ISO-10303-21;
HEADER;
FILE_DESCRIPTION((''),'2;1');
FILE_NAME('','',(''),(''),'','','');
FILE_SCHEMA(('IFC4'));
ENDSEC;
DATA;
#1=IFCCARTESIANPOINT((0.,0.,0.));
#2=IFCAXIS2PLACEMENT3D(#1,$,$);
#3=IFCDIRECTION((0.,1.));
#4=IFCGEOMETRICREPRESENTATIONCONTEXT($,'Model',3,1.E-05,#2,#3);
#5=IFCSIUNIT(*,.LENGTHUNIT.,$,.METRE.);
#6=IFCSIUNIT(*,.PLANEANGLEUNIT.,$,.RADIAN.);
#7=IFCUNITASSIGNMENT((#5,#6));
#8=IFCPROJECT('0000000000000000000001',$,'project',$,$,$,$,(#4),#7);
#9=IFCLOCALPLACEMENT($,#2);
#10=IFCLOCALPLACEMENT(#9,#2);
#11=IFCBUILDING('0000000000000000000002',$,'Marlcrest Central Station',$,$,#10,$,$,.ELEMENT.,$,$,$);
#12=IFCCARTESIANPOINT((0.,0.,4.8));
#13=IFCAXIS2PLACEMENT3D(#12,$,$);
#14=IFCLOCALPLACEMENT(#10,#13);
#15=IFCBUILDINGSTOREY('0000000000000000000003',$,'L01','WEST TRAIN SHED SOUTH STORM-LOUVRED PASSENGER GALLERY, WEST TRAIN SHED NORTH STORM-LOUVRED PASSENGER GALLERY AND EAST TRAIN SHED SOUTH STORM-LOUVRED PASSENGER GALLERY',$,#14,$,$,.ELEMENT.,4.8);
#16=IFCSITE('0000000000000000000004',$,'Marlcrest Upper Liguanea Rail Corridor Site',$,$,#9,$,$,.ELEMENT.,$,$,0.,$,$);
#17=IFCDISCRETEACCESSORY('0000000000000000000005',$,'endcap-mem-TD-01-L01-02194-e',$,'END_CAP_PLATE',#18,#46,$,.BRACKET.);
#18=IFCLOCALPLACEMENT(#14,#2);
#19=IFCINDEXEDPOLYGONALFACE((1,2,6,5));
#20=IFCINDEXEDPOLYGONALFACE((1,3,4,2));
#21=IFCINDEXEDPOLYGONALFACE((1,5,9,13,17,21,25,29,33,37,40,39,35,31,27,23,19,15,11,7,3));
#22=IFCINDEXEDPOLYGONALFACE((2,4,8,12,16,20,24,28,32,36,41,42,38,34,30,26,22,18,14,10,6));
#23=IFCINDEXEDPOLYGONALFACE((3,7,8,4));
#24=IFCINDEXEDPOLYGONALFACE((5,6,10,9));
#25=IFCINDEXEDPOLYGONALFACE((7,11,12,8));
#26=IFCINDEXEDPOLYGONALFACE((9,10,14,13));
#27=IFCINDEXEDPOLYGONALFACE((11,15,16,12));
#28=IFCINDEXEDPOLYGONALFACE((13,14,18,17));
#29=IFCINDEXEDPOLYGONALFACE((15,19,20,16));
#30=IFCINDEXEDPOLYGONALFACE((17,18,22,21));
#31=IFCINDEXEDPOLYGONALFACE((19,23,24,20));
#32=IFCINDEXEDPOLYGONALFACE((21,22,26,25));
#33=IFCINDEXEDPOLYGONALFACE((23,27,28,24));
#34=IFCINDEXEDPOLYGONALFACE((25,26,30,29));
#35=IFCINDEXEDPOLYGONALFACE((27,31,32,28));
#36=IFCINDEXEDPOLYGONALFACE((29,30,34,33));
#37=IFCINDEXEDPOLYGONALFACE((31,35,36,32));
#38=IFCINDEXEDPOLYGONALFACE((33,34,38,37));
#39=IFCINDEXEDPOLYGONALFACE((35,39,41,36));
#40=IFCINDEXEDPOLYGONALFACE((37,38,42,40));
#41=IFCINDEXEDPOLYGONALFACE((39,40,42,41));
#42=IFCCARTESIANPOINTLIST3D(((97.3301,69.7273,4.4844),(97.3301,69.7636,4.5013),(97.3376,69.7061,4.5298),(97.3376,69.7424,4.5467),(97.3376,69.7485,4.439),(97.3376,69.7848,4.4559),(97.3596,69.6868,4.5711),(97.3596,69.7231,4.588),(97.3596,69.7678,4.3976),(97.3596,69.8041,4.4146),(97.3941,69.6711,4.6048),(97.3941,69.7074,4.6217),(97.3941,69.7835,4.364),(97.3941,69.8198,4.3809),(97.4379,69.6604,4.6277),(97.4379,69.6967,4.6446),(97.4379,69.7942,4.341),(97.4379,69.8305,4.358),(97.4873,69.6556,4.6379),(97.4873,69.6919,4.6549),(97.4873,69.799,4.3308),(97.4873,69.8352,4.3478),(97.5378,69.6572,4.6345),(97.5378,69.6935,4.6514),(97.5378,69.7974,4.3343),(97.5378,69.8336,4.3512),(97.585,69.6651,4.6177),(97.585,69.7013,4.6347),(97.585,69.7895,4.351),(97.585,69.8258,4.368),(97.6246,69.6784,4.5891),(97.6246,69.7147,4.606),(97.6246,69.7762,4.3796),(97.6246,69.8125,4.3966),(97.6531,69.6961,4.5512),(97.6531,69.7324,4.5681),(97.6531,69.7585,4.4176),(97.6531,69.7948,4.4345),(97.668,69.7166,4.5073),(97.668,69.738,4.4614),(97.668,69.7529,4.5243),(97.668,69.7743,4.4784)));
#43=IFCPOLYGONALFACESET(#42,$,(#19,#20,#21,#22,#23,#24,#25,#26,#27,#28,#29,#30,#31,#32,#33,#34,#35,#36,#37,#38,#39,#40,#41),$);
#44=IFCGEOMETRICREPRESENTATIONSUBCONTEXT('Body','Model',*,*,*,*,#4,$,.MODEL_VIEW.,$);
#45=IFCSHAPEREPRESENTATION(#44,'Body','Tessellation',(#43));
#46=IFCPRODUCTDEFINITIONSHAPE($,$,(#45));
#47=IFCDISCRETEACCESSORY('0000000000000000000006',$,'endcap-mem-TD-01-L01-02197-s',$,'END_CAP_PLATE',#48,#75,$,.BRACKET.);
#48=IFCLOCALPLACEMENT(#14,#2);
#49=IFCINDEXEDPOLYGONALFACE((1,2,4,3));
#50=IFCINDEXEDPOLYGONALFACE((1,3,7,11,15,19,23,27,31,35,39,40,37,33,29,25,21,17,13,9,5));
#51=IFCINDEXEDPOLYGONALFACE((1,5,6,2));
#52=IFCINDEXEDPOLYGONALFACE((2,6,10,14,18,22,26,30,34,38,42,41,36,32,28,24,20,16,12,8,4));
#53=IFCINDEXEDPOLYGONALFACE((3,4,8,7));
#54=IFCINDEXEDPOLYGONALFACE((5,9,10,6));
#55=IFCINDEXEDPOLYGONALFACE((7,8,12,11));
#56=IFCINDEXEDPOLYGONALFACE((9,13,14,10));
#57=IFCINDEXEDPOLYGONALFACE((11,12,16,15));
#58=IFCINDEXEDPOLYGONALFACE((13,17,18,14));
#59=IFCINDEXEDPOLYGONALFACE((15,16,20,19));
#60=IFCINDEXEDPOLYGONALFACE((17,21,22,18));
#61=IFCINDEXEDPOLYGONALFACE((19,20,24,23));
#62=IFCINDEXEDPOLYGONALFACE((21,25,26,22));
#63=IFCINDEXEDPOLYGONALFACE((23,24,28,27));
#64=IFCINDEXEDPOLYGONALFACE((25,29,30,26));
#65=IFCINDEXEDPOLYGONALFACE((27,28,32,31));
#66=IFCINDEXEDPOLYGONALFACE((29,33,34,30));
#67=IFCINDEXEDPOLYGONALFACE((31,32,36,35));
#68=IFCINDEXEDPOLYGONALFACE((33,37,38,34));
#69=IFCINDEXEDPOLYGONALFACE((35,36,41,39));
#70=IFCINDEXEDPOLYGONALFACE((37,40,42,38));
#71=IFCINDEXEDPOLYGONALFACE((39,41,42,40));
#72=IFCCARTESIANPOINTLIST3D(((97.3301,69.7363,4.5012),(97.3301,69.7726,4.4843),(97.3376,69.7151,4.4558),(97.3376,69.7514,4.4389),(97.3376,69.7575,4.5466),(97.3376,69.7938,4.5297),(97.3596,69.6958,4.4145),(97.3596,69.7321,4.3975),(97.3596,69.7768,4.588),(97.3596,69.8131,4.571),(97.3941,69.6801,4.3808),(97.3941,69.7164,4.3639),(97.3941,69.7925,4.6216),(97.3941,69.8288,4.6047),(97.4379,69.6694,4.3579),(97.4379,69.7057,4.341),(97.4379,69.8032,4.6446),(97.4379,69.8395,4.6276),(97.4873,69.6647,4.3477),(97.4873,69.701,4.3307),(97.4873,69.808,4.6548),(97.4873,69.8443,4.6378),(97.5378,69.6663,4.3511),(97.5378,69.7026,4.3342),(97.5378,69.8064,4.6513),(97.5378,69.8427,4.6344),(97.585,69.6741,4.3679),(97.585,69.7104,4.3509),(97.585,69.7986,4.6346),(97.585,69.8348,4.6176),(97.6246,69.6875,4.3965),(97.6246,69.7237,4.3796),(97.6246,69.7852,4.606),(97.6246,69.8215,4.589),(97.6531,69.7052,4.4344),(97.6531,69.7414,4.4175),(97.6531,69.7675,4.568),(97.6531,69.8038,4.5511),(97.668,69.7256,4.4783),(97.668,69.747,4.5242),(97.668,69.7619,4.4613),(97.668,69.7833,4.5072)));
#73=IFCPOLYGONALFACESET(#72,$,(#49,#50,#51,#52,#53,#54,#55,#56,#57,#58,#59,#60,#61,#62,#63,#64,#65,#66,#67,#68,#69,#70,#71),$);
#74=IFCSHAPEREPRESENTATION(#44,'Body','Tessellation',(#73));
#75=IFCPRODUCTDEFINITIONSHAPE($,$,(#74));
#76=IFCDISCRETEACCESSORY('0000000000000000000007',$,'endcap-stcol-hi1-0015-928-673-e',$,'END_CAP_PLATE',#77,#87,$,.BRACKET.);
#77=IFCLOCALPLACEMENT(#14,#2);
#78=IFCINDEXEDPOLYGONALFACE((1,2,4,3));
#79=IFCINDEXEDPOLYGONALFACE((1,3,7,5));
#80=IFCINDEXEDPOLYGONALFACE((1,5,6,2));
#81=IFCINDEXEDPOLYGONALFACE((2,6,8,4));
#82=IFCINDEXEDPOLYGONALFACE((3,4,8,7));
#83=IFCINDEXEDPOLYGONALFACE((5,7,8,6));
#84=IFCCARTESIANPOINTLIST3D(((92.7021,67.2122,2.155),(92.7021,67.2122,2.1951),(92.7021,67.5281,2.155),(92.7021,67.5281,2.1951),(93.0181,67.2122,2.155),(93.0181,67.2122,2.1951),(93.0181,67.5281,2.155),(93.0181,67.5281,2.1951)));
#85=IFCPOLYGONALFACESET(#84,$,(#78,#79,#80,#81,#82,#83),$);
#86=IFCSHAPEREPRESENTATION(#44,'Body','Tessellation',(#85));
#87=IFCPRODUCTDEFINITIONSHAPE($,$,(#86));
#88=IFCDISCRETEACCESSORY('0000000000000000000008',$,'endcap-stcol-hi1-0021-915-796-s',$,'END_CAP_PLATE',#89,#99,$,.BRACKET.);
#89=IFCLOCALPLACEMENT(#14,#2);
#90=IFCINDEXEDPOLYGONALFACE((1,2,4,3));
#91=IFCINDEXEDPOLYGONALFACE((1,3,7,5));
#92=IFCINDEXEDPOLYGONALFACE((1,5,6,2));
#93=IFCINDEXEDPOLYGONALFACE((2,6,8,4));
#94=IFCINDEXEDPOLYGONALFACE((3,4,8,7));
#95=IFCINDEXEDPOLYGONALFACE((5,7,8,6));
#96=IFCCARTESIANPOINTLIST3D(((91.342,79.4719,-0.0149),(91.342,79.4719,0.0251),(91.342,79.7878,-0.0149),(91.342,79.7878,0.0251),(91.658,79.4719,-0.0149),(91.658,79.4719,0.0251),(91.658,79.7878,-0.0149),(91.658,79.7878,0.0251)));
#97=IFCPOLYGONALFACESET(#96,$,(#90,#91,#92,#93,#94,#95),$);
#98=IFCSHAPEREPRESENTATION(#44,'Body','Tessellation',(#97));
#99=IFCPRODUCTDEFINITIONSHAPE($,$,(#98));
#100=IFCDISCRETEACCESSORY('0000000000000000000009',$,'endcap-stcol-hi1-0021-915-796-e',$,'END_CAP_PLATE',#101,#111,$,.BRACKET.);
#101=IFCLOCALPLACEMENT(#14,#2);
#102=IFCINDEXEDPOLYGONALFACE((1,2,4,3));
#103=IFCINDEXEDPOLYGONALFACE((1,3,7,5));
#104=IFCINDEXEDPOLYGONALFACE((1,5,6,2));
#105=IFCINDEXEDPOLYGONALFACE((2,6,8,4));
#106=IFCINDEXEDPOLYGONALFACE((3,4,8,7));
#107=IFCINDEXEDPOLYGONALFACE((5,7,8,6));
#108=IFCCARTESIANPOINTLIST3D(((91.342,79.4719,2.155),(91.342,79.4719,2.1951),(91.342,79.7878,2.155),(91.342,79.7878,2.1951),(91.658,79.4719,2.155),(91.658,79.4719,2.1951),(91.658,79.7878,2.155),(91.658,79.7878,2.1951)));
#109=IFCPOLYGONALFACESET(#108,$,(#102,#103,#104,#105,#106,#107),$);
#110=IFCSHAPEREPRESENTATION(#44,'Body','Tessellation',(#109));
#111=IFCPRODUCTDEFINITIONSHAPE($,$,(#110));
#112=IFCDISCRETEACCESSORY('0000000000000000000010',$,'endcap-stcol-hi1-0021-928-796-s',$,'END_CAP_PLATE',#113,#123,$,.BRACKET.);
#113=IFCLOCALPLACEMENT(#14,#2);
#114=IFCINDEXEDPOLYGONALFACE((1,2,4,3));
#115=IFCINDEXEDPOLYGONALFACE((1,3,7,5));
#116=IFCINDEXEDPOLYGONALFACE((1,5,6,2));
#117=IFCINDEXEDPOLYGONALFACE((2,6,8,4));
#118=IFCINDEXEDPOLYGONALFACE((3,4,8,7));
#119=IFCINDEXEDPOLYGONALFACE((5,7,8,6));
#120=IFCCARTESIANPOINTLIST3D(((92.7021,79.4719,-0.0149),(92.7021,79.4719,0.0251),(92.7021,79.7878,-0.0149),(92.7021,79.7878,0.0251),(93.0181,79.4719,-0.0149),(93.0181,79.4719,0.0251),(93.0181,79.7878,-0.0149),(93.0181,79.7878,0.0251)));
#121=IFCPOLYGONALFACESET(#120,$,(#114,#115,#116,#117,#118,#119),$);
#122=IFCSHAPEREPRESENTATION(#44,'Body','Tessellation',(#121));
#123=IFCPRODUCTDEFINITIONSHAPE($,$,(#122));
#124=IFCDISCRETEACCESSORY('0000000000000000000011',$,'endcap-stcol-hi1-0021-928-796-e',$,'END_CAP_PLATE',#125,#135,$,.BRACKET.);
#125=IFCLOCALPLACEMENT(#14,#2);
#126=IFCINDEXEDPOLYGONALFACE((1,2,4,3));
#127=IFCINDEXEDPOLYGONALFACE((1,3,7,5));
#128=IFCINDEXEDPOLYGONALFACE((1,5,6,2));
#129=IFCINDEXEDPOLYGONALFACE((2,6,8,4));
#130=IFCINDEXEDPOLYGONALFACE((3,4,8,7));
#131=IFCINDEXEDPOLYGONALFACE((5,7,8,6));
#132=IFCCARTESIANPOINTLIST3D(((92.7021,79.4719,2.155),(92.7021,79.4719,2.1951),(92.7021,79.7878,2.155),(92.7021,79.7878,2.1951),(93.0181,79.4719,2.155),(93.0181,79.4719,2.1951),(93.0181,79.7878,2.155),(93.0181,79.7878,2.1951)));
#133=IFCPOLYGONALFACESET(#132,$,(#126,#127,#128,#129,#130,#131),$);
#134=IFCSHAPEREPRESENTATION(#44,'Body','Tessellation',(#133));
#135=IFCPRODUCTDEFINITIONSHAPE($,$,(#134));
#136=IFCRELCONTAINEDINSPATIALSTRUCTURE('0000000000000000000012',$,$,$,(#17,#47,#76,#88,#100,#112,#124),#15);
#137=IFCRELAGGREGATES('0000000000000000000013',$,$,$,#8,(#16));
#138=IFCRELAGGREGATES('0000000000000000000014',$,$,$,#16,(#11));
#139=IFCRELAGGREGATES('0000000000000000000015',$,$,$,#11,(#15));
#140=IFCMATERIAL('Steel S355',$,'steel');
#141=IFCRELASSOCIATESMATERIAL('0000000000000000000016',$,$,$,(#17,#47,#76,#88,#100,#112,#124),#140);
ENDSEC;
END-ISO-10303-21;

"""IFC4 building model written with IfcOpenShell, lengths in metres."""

from ifc_helpers import new_model, si_unit, direction, frame, origin, origin_2d, place, context, subcontext, project, spatial, rectangle, circle, extrude, material, element, save


model = new_model("IFC4")

# Units and contexts
model_context = context("Model", 3, precision=1e-05, world=origin(), true_north=direction((0.0, 1.0)))
body_context = subcontext(model_context, "Body", "Model", "MODEL_VIEW")
ifc_project = project(units=[si_unit("LENGTHUNIT", "METRE"), si_unit("PLANEANGLEUNIT", "RADIAN")], contexts=[model_context])

# Site, building, storey
site_placement = place(None, origin())
site = spatial("IfcSite", under=ifc_project, at=site_placement, Name="Marlcrest Upper Liguanea Rail Corridor Site", CompositionType="ELEMENT", RefElevation=0.0)
building_placement = place(site_placement, origin())
building = spatial("IfcBuilding", under=site, at=building_placement, Name="Marlcrest Central Station", CompositionType="ELEMENT")
storey_placement = place(building_placement, frame((0.0, 0.0, 4.8)))
storey = spatial("IfcBuildingStorey", under=building, at=storey_placement, Name="L01", Description="WEST TRAIN SHED SOUTH STORM-LOUVRED PASSENGER GALLERY, WEST TRAIN SHED NORTH STORM-LOUVRED PASSENGER GALLERY AND EAST TRAIN SHED SOUTH STORM-LOUVRED PASSENGER GALLERY", CompositionType="ELEMENT", Elevation=4.8)

# Shared definitions
ifc_material_1 = material(Name="Steel S355", Category="steel")

# Discrete accessories
for number, where, z_axis, x_axis, name in (
    (1, (97.5, 69.7273, 4.4844), (0.0, 0.906183, 0.422885), (-1.0, 0.0, 0.0), "endcap-mem-TD-01-L01-02194-e"),
    (2, (97.5, 69.7363, 4.5012), (0.0, 0.906183, -0.422885), (-1.0, 0.0, 0.0), "endcap-mem-TD-01-L01-02197-s"),
):
    element("IfcDiscreteAccessory", number, at=place(storey_placement, frame(where, z_axis=z_axis, x_axis=x_axis)), inside=storey, material=ifc_material_1, Name=name, ObjectType="END_CAP_PLATE", PredefinedType="BRACKET", context=body_context, shape_type="SweptSolid", body=[
        extrude(circle(Radius=0.1699, at=origin_2d()), origin(), (0.0, 0.0, 1.0), 0.04),
    ])
for number, where, z_axis, x_axis, name in (
    (3, (92.8601, 67.3701, 2.155), (0.0, 0.0, 1.0), (1.0, 0.0, 0.0), "endcap-stcol-hi1-0015-928-673-e"),
    (4, (91.5, 79.6299, -0.0149), (0.0, 0.0, 1.0), (1.0, 0.0, 0.0), "endcap-stcol-hi1-0021-915-796-s"),
    (5, (91.5, 79.6299, 2.155), (0.0, 0.0, 1.0), (1.0, 0.0, 0.0), "endcap-stcol-hi1-0021-915-796-e"),
    (6, (92.8601, 79.6299, -0.0149), (0.0, 0.0, 1.0), (1.0, 0.0, 0.0), "endcap-stcol-hi1-0021-928-796-s"),
    (7, (92.8601, 79.6299, 2.155), (0.0, 0.0, 1.0), (1.0, 0.0, 0.0), "endcap-stcol-hi1-0021-928-796-e"),
):
    element("IfcDiscreteAccessory", number, at=place(storey_placement, frame(where, z_axis=z_axis, x_axis=x_axis)), inside=storey, material=ifc_material_1, Name=name, ObjectType="END_CAP_PLATE", PredefinedType="BRACKET", context=body_context, shape_type="SweptSolid", body=[
        extrude(rectangle(XDim=0.3159, YDim=0.3159, at=origin_2d()), origin(), (0.0, 0.0, 1.0), 0.04),
    ])

save(model, "model.ifc")
